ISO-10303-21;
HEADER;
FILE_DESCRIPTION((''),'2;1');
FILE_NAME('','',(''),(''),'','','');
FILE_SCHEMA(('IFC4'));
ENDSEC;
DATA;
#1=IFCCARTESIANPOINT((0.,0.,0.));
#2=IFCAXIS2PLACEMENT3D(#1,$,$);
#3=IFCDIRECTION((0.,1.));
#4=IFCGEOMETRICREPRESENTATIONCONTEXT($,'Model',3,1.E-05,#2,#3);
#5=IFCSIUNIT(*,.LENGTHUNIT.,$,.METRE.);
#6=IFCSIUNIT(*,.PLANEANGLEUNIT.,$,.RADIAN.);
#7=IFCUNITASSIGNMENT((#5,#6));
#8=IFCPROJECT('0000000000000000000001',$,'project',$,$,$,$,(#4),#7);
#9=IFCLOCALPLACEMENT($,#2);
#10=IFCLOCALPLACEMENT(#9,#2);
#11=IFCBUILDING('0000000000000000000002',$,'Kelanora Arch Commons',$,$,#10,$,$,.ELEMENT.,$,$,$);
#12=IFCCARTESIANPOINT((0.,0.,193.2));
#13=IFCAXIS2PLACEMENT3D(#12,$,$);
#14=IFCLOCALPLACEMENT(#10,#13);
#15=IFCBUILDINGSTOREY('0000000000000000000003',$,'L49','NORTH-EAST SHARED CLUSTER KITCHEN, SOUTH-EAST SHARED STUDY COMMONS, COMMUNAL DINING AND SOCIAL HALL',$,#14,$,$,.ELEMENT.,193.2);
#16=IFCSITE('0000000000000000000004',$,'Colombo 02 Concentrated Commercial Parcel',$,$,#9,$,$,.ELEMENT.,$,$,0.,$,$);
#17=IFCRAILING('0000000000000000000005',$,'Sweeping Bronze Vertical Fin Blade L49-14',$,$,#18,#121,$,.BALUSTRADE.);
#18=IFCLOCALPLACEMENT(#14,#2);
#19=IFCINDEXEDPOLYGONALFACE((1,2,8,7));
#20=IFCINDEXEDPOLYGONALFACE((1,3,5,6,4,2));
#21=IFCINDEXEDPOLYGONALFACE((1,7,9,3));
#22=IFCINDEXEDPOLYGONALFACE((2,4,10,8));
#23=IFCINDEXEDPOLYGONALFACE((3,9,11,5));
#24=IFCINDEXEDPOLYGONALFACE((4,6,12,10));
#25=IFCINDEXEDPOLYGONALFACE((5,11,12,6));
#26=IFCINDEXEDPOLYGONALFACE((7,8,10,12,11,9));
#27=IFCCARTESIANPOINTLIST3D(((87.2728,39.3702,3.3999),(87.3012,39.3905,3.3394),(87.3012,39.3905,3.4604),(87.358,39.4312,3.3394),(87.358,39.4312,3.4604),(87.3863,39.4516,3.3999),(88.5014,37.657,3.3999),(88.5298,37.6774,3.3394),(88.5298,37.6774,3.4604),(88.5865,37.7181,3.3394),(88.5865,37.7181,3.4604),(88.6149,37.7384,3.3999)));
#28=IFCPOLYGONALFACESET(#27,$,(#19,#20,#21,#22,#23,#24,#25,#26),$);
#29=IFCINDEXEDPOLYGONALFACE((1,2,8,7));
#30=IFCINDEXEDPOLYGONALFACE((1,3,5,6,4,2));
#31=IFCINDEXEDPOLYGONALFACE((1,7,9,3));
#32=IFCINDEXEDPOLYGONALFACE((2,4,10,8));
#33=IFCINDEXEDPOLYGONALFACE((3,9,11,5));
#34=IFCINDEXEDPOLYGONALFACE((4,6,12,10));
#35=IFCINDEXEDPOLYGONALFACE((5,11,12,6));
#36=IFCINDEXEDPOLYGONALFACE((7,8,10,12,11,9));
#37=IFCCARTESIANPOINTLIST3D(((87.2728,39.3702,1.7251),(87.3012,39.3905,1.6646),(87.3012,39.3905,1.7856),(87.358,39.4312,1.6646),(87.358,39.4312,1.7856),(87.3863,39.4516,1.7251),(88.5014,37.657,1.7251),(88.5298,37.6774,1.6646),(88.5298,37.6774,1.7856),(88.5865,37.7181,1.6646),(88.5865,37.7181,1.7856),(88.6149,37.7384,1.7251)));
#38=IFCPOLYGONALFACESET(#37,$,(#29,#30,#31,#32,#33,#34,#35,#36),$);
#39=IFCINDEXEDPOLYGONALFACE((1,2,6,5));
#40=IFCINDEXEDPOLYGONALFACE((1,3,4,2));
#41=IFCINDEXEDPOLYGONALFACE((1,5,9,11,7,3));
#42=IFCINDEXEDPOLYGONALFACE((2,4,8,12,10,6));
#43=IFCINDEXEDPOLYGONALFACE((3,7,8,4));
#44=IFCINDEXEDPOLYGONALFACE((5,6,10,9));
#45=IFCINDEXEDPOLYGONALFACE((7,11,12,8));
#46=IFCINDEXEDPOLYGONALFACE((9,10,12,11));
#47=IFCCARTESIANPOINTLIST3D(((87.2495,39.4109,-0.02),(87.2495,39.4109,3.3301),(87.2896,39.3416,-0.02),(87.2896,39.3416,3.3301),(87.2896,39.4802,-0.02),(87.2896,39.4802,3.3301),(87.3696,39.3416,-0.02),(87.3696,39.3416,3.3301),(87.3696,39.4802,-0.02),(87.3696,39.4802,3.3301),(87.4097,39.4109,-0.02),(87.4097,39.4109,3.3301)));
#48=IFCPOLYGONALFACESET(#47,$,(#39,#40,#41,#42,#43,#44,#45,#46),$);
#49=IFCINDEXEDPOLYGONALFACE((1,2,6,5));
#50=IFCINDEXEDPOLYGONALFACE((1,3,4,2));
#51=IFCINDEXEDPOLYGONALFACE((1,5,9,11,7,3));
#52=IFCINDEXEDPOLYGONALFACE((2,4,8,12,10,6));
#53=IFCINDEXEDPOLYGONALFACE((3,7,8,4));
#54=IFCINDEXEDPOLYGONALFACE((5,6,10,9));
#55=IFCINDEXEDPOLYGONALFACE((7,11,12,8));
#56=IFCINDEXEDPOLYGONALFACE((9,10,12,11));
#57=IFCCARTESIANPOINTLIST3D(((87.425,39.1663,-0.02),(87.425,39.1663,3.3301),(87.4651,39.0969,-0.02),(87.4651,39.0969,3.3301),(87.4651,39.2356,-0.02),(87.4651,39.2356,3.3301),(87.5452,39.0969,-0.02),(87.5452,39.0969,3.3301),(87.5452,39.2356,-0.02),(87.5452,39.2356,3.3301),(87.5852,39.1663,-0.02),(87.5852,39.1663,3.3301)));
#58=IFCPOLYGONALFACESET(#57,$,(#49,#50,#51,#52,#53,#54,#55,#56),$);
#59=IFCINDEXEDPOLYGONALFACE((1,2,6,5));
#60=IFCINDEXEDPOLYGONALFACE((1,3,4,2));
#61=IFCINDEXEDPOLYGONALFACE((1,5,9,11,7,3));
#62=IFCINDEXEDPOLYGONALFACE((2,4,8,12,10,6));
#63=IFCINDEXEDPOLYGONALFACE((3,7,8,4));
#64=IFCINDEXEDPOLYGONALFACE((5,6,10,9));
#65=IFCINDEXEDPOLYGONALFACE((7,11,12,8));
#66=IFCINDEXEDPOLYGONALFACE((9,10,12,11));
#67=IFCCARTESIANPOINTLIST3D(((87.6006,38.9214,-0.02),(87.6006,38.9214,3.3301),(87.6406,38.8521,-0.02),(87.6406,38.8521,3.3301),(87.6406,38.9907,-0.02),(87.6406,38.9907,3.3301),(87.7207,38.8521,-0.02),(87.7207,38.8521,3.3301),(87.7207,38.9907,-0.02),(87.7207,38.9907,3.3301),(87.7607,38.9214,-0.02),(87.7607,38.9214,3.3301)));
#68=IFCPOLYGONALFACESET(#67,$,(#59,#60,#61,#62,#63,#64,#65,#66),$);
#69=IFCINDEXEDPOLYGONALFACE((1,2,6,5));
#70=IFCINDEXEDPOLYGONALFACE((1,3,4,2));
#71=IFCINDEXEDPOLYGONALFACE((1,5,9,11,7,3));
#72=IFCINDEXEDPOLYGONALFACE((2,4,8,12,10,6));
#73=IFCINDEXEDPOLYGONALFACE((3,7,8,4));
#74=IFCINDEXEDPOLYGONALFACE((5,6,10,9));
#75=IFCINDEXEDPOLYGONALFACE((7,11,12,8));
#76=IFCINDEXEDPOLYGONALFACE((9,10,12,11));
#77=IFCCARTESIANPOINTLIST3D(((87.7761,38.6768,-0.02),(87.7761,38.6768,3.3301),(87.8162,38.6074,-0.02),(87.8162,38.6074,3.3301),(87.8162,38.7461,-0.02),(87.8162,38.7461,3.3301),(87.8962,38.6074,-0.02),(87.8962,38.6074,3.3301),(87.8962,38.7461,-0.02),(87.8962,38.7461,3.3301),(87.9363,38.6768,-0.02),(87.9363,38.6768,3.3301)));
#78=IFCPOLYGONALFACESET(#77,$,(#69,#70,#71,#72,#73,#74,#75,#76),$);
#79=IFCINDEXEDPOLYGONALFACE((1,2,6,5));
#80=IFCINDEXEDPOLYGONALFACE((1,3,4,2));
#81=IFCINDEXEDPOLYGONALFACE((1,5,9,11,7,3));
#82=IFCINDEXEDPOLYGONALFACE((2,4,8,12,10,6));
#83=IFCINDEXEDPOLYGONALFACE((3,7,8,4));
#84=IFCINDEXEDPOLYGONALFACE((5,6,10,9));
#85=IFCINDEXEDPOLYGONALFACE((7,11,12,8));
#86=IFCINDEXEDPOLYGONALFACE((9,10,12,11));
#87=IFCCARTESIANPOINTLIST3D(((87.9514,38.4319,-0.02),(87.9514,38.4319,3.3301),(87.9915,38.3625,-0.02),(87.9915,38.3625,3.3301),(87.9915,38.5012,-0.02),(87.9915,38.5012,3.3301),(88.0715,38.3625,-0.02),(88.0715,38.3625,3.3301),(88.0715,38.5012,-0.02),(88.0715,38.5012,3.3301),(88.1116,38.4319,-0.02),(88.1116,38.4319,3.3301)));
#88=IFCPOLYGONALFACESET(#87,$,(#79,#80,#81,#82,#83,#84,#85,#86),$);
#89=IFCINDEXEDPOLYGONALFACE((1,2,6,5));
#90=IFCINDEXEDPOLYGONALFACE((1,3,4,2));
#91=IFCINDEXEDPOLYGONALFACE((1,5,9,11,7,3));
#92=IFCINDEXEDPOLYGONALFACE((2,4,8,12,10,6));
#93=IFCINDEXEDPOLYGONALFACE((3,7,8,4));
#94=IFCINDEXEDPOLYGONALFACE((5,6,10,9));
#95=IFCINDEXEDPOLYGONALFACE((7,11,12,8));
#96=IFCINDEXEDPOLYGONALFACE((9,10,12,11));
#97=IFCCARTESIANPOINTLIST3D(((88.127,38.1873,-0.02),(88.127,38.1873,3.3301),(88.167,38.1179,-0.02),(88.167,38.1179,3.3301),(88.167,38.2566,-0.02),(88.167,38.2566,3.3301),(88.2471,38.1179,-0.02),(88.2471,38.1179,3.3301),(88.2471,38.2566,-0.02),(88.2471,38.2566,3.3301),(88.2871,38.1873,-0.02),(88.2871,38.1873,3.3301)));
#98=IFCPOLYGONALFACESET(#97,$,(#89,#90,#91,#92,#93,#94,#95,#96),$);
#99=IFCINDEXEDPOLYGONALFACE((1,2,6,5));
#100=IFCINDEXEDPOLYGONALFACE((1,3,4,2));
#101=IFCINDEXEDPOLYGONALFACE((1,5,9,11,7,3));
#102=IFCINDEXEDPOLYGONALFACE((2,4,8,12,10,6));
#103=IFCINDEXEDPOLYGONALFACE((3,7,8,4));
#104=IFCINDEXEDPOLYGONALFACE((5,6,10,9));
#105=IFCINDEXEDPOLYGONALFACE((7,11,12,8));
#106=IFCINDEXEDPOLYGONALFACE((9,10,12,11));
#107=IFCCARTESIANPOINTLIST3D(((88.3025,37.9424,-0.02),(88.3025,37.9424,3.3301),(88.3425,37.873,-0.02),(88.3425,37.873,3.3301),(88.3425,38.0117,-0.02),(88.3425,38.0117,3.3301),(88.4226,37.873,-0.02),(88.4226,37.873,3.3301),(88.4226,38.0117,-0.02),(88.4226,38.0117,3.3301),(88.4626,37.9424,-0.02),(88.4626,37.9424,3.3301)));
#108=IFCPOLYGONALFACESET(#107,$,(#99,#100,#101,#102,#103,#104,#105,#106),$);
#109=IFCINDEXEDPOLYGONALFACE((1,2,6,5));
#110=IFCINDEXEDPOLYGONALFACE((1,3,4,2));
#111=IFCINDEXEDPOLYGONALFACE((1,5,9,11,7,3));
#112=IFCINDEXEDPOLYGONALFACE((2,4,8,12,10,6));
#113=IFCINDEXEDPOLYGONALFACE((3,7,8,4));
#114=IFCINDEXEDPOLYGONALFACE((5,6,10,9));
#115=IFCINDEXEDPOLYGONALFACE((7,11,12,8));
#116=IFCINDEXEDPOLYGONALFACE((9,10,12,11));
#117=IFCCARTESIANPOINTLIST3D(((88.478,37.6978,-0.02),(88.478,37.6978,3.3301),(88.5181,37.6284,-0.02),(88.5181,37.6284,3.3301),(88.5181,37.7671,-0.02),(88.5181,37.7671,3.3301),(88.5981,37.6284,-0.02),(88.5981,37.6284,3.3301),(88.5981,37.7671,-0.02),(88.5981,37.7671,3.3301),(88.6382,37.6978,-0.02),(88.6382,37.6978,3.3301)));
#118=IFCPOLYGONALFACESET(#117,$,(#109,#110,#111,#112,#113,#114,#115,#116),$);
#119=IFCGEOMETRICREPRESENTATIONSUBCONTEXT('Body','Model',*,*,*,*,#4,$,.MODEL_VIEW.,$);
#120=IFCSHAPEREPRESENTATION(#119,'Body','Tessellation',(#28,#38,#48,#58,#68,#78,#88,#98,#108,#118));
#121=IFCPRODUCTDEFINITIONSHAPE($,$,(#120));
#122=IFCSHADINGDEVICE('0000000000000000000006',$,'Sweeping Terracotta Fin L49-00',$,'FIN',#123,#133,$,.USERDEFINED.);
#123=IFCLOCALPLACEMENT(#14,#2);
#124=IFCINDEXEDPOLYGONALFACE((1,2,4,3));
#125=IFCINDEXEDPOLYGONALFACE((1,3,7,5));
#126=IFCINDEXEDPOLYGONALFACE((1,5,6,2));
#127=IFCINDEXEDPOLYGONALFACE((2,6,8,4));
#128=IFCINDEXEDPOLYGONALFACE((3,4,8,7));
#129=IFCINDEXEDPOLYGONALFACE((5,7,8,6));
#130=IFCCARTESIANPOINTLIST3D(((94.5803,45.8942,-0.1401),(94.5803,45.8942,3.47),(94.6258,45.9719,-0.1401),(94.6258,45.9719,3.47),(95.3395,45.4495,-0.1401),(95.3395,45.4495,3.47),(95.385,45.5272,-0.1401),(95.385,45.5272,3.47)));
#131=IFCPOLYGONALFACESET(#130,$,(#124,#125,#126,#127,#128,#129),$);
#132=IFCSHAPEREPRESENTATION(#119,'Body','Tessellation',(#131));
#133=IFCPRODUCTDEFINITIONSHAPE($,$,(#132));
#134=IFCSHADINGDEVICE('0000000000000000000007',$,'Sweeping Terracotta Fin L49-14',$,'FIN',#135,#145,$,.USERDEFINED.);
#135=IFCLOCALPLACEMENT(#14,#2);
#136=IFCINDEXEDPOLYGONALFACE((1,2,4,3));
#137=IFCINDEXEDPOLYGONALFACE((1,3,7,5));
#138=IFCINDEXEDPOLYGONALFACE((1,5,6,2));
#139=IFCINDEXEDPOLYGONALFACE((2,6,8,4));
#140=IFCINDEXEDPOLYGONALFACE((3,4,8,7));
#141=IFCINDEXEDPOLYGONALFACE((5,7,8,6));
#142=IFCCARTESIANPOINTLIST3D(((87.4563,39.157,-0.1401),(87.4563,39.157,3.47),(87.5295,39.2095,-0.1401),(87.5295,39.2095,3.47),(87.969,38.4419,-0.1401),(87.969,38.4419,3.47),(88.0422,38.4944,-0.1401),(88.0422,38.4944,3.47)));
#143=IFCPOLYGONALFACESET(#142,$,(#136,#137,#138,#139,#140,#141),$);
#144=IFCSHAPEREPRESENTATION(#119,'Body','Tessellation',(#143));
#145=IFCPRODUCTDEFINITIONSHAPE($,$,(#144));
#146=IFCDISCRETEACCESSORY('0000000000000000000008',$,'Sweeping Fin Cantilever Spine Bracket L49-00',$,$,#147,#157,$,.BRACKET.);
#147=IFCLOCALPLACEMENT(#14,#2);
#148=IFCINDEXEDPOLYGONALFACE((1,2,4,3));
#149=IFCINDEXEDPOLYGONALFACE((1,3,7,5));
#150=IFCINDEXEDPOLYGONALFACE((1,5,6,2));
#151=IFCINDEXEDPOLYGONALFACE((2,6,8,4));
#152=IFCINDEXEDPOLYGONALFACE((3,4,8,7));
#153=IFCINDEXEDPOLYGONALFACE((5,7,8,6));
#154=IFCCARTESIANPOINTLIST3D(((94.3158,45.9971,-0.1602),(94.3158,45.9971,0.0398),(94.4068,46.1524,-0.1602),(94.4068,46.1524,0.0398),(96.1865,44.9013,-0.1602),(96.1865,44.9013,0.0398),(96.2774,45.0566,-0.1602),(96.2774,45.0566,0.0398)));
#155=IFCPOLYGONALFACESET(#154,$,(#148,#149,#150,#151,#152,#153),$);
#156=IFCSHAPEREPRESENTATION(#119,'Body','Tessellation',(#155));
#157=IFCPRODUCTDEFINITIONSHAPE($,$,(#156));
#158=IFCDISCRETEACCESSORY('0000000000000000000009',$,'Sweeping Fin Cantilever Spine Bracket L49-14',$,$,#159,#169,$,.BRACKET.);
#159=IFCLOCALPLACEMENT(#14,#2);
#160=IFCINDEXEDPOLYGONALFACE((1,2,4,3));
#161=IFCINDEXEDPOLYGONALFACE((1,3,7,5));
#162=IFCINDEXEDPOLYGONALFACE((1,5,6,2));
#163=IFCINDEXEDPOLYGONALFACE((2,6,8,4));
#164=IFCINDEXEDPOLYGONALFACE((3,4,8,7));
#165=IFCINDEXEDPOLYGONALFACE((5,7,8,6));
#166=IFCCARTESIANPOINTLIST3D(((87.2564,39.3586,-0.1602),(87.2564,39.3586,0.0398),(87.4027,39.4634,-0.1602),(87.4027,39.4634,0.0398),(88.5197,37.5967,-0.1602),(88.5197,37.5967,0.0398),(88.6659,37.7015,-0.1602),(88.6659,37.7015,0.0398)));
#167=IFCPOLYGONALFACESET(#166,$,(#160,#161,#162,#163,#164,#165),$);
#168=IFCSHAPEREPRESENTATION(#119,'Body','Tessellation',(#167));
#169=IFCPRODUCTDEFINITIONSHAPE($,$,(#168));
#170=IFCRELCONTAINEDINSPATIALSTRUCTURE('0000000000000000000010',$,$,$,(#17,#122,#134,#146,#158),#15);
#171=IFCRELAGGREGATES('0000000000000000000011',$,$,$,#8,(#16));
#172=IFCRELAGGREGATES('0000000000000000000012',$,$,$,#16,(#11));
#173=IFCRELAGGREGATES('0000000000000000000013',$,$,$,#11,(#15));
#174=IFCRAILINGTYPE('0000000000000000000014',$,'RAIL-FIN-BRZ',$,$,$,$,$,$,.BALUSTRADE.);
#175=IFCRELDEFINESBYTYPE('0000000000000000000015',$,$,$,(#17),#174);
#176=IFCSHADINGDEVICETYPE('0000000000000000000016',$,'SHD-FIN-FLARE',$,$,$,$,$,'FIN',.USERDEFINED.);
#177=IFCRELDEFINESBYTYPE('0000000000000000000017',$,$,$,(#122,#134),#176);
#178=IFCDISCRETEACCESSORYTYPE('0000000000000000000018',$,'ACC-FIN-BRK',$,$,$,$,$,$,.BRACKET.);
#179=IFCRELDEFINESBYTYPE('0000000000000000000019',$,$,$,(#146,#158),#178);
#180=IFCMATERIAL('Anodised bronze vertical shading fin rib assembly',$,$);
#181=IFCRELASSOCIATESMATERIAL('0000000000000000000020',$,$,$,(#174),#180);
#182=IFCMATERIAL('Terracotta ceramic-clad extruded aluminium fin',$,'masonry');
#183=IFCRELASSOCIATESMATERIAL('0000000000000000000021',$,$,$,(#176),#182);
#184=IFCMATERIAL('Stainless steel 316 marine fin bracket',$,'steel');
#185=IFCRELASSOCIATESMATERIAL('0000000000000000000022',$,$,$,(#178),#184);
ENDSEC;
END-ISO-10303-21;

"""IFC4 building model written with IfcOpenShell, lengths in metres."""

from ifc_helpers import new_model, si_unit, direction, frame, origin, origin_2d, place, context, subcontext, project, spatial, polyline, rectangle, outline, extrude, source, transform, mapped, material, type_object, element, save


model = new_model("IFC4")

# Units and contexts
model_context = context("Model", 3, precision=1e-05, world=origin(), true_north=direction((0.0, 1.0)))
body_context = subcontext(model_context, "Body", "Model", "MODEL_VIEW")
ifc_project = project(units=[si_unit("LENGTHUNIT", "METRE"), si_unit("PLANEANGLEUNIT", "RADIAN")], contexts=[model_context])

# Site, building, storey
site_placement = place(None, origin())
site = spatial("IfcSite", under=ifc_project, at=site_placement, Name="Colombo 02 Concentrated Commercial Parcel", CompositionType="ELEMENT", RefElevation=0.0)
building_placement = place(site_placement, origin())
building = spatial("IfcBuilding", under=site, at=building_placement, Name="Kelanora Arch Commons", CompositionType="ELEMENT")
storey_placement = place(building_placement, frame((0.0, 0.0, 193.2)))
storey = spatial("IfcBuildingStorey", under=building, at=storey_placement, Name="L49", Description="NORTH-EAST SHARED CLUSTER KITCHEN, SOUTH-EAST SHARED STUDY COMMONS, COMMUNAL DINING AND SOCIAL HALL", CompositionType="ELEMENT", Elevation=193.2)

# Railing
ifc_material_1 = material(Name="Anodised bronze vertical shading fin rib assembly")
railing_type = type_object("IfcRailingType", Name="RAIL-FIN-BRZ", PredefinedType="BALUSTRADE", material=ifc_material_1)
railing_1_placement = place(storey_placement, frame((87.3296, 39.4109, -0.02)))
element("IfcRailing", 1, at=railing_1_placement, inside=storey, type_object=railing_type, Name="Sweeping Bronze Vertical Fin Blade L49-14", PredefinedType="BALUSTRADE", context=body_context, shape_type="SweptSolid", body=[
    extrude(outline(polyline([(0.0698, 0.0), (0.0349, 0.0605), (-0.0349, 0.0605), (-0.0698, 0.0), (-0.0349, -0.0605), (0.0349, -0.0605), (0.0698, 0.0)])), frame((0.0, 0.0, 3.4199), z_axis=(0.58276, -0.812644, 0.0), x_axis=(0.812644, 0.58276, 0.0)), (0.0, 0.0, 1.0), 2.1082),
    extrude(outline(polyline([(0.0698, 0.0), (0.0349, 0.0605), (-0.0349, 0.0605), (-0.0698, 0.0), (-0.0349, -0.0605), (0.0349, -0.0605), (0.0698, 0.0)])), frame((0.0, 0.0, 1.7451), z_axis=(0.58276, -0.812644, 0.0), x_axis=(0.812644, 0.58276, 0.0)), (0.0, 0.0, 1.0), 2.1082),
    extrude(outline(polyline([(0.0801, 0.0), (0.04, 0.0693), (-0.04, 0.0693), (-0.0801, 0.0), (-0.04, -0.0693), (0.04, -0.0693), (0.0801, 0.0)])), origin(), (0.0, 0.0, 1.0), 3.3501),
    extrude(outline(polyline([(0.0801, 0.0), (0.04, 0.0693), (-0.04, 0.0693), (-0.0801, 0.0), (-0.04, -0.0693), (0.04, -0.0693), (0.0801, 0.0)])), frame((0.1755, -0.2446, 0.0)), (0.0, 0.0, 1.0), 3.3501),
    extrude(outline(polyline([(0.0801, 0.0), (0.04, 0.0693), (-0.04, 0.0693), (-0.0801, 0.0), (-0.04, -0.0693), (0.04, -0.0693), (0.0801, 0.0)])), frame((0.3511, -0.4895, 0.0)), (0.0, 0.0, 1.0), 3.3501),
    extrude(outline(polyline([(0.0801, 0.0), (0.04, 0.0693), (-0.04, 0.0693), (-0.0801, 0.0), (-0.04, -0.0693), (0.04, -0.0693), (0.0801, 0.0)])), frame((0.5266, -0.7341, 0.0)), (0.0, 0.0, 1.0), 3.3501),
    extrude(outline(polyline([(0.0801, 0.0), (0.04, 0.0693), (-0.04, 0.0693), (-0.0801, 0.0), (-0.04, -0.0693), (0.04, -0.0693), (0.0801, 0.0)])), frame((0.7019, -0.979, 0.0)), (0.0, 0.0, 1.0), 3.3501),
    extrude(outline(polyline([(0.0801, 0.0), (0.04, 0.0693), (-0.04, 0.0693), (-0.0801, 0.0), (-0.04, -0.0693), (0.04, -0.0693), (0.0801, 0.0)])), frame((0.8774, -1.2236, 0.0)), (0.0, 0.0, 1.0), 3.3501),
    extrude(outline(polyline([(0.0801, 0.0), (0.04, 0.0693), (-0.04, 0.0693), (-0.0801, 0.0), (-0.04, -0.0693), (0.04, -0.0693), (0.0801, 0.0)])), frame((1.053, -1.4685, 0.0)), (0.0, 0.0, 1.0), 3.3501),
    extrude(outline(polyline([(0.0801, 0.0), (0.04, 0.0693), (-0.04, 0.0693), (-0.0801, 0.0), (-0.04, -0.0693), (0.04, -0.0693), (0.0801, 0.0)])), frame((1.2285, -1.7131, 0.0)), (0.0, 0.0, 1.0), 3.3501),
])

# Shading devices
ifc_material_2 = material(Name="Terracotta ceramic-clad extruded aluminium fin", Category="masonry")
shading_device_type = type_object("IfcShadingDeviceType", Name="SHD-FIN-FLARE", ElementType="FIN", PredefinedType="USERDEFINED", material=ifc_material_2)
shared_shape_1 = source(origin(), body_context, "Body", "SweptSolid", [
    extrude(rectangle(XDim=0.8799, YDim=0.0901, at=origin_2d()), origin(), (0.0, 0.0, 1.0), 3.6101),
])
for number, where, z_axis, x_axis, name in (
    (2, (94.9827, 45.7107, -0.1401), (0.0, 0.0, 1.0), (0.862867, -0.505431, 0.0), "Sweeping Terracotta Fin L49-00"),
    (3, (87.7493, 38.8257, -0.1401), (0.0, 0.0, 1.0), (0.58269, -0.812694, 0.0), "Sweeping Terracotta Fin L49-14"),
):
    element("IfcShadingDevice", number, at=place(storey_placement, frame(where, z_axis=z_axis, x_axis=x_axis)), inside=storey, type_object=shading_device_type, Name=name, ObjectType="FIN", PredefinedType="USERDEFINED", context=body_context, shape_type="MappedRepresentation", body=[
        mapped(shared_shape_1, transform((0.0, 0.0, 0.0), scale=1.0)),
    ])

# Discrete accessories
ifc_material_3 = material(Name="Stainless steel 316 marine fin bracket", Category="steel")
discrete_accessory_type = type_object("IfcDiscreteAccessoryType", Name="ACC-FIN-BRK", PredefinedType="BRACKET", material=ifc_material_3)
shared_shape_2 = source(origin(), body_context, "Body", "SweptSolid", [
    extrude(rectangle(XDim=2.168, YDim=0.1799, at=origin_2d()), origin(), (0.0, 0.0, 1.0), 0.2),
])
for number, where, z_axis, x_axis, name in (
    (4, (95.2966, 45.5269, -0.1602), (0.0, 0.0, 1.0), (0.862867, -0.505431, 0.0), "Sweeping Fin Cantilever Spine Bracket L49-00"),
    (5, (87.9612, 38.53, -0.1602), (0.0, 0.0, 1.0), (0.58269, -0.812694, 0.0), "Sweeping Fin Cantilever Spine Bracket L49-14"),
):
    element("IfcDiscreteAccessory", number, at=place(storey_placement, frame(where, z_axis=z_axis, x_axis=x_axis)), inside=storey, type_object=discrete_accessory_type, Name=name, PredefinedType="BRACKET", context=body_context, shape_type="MappedRepresentation", body=[
        mapped(shared_shape_2, transform((0.0, 0.0, 0.0), scale=1.0)),
    ])

save(model, "model.ifc")
